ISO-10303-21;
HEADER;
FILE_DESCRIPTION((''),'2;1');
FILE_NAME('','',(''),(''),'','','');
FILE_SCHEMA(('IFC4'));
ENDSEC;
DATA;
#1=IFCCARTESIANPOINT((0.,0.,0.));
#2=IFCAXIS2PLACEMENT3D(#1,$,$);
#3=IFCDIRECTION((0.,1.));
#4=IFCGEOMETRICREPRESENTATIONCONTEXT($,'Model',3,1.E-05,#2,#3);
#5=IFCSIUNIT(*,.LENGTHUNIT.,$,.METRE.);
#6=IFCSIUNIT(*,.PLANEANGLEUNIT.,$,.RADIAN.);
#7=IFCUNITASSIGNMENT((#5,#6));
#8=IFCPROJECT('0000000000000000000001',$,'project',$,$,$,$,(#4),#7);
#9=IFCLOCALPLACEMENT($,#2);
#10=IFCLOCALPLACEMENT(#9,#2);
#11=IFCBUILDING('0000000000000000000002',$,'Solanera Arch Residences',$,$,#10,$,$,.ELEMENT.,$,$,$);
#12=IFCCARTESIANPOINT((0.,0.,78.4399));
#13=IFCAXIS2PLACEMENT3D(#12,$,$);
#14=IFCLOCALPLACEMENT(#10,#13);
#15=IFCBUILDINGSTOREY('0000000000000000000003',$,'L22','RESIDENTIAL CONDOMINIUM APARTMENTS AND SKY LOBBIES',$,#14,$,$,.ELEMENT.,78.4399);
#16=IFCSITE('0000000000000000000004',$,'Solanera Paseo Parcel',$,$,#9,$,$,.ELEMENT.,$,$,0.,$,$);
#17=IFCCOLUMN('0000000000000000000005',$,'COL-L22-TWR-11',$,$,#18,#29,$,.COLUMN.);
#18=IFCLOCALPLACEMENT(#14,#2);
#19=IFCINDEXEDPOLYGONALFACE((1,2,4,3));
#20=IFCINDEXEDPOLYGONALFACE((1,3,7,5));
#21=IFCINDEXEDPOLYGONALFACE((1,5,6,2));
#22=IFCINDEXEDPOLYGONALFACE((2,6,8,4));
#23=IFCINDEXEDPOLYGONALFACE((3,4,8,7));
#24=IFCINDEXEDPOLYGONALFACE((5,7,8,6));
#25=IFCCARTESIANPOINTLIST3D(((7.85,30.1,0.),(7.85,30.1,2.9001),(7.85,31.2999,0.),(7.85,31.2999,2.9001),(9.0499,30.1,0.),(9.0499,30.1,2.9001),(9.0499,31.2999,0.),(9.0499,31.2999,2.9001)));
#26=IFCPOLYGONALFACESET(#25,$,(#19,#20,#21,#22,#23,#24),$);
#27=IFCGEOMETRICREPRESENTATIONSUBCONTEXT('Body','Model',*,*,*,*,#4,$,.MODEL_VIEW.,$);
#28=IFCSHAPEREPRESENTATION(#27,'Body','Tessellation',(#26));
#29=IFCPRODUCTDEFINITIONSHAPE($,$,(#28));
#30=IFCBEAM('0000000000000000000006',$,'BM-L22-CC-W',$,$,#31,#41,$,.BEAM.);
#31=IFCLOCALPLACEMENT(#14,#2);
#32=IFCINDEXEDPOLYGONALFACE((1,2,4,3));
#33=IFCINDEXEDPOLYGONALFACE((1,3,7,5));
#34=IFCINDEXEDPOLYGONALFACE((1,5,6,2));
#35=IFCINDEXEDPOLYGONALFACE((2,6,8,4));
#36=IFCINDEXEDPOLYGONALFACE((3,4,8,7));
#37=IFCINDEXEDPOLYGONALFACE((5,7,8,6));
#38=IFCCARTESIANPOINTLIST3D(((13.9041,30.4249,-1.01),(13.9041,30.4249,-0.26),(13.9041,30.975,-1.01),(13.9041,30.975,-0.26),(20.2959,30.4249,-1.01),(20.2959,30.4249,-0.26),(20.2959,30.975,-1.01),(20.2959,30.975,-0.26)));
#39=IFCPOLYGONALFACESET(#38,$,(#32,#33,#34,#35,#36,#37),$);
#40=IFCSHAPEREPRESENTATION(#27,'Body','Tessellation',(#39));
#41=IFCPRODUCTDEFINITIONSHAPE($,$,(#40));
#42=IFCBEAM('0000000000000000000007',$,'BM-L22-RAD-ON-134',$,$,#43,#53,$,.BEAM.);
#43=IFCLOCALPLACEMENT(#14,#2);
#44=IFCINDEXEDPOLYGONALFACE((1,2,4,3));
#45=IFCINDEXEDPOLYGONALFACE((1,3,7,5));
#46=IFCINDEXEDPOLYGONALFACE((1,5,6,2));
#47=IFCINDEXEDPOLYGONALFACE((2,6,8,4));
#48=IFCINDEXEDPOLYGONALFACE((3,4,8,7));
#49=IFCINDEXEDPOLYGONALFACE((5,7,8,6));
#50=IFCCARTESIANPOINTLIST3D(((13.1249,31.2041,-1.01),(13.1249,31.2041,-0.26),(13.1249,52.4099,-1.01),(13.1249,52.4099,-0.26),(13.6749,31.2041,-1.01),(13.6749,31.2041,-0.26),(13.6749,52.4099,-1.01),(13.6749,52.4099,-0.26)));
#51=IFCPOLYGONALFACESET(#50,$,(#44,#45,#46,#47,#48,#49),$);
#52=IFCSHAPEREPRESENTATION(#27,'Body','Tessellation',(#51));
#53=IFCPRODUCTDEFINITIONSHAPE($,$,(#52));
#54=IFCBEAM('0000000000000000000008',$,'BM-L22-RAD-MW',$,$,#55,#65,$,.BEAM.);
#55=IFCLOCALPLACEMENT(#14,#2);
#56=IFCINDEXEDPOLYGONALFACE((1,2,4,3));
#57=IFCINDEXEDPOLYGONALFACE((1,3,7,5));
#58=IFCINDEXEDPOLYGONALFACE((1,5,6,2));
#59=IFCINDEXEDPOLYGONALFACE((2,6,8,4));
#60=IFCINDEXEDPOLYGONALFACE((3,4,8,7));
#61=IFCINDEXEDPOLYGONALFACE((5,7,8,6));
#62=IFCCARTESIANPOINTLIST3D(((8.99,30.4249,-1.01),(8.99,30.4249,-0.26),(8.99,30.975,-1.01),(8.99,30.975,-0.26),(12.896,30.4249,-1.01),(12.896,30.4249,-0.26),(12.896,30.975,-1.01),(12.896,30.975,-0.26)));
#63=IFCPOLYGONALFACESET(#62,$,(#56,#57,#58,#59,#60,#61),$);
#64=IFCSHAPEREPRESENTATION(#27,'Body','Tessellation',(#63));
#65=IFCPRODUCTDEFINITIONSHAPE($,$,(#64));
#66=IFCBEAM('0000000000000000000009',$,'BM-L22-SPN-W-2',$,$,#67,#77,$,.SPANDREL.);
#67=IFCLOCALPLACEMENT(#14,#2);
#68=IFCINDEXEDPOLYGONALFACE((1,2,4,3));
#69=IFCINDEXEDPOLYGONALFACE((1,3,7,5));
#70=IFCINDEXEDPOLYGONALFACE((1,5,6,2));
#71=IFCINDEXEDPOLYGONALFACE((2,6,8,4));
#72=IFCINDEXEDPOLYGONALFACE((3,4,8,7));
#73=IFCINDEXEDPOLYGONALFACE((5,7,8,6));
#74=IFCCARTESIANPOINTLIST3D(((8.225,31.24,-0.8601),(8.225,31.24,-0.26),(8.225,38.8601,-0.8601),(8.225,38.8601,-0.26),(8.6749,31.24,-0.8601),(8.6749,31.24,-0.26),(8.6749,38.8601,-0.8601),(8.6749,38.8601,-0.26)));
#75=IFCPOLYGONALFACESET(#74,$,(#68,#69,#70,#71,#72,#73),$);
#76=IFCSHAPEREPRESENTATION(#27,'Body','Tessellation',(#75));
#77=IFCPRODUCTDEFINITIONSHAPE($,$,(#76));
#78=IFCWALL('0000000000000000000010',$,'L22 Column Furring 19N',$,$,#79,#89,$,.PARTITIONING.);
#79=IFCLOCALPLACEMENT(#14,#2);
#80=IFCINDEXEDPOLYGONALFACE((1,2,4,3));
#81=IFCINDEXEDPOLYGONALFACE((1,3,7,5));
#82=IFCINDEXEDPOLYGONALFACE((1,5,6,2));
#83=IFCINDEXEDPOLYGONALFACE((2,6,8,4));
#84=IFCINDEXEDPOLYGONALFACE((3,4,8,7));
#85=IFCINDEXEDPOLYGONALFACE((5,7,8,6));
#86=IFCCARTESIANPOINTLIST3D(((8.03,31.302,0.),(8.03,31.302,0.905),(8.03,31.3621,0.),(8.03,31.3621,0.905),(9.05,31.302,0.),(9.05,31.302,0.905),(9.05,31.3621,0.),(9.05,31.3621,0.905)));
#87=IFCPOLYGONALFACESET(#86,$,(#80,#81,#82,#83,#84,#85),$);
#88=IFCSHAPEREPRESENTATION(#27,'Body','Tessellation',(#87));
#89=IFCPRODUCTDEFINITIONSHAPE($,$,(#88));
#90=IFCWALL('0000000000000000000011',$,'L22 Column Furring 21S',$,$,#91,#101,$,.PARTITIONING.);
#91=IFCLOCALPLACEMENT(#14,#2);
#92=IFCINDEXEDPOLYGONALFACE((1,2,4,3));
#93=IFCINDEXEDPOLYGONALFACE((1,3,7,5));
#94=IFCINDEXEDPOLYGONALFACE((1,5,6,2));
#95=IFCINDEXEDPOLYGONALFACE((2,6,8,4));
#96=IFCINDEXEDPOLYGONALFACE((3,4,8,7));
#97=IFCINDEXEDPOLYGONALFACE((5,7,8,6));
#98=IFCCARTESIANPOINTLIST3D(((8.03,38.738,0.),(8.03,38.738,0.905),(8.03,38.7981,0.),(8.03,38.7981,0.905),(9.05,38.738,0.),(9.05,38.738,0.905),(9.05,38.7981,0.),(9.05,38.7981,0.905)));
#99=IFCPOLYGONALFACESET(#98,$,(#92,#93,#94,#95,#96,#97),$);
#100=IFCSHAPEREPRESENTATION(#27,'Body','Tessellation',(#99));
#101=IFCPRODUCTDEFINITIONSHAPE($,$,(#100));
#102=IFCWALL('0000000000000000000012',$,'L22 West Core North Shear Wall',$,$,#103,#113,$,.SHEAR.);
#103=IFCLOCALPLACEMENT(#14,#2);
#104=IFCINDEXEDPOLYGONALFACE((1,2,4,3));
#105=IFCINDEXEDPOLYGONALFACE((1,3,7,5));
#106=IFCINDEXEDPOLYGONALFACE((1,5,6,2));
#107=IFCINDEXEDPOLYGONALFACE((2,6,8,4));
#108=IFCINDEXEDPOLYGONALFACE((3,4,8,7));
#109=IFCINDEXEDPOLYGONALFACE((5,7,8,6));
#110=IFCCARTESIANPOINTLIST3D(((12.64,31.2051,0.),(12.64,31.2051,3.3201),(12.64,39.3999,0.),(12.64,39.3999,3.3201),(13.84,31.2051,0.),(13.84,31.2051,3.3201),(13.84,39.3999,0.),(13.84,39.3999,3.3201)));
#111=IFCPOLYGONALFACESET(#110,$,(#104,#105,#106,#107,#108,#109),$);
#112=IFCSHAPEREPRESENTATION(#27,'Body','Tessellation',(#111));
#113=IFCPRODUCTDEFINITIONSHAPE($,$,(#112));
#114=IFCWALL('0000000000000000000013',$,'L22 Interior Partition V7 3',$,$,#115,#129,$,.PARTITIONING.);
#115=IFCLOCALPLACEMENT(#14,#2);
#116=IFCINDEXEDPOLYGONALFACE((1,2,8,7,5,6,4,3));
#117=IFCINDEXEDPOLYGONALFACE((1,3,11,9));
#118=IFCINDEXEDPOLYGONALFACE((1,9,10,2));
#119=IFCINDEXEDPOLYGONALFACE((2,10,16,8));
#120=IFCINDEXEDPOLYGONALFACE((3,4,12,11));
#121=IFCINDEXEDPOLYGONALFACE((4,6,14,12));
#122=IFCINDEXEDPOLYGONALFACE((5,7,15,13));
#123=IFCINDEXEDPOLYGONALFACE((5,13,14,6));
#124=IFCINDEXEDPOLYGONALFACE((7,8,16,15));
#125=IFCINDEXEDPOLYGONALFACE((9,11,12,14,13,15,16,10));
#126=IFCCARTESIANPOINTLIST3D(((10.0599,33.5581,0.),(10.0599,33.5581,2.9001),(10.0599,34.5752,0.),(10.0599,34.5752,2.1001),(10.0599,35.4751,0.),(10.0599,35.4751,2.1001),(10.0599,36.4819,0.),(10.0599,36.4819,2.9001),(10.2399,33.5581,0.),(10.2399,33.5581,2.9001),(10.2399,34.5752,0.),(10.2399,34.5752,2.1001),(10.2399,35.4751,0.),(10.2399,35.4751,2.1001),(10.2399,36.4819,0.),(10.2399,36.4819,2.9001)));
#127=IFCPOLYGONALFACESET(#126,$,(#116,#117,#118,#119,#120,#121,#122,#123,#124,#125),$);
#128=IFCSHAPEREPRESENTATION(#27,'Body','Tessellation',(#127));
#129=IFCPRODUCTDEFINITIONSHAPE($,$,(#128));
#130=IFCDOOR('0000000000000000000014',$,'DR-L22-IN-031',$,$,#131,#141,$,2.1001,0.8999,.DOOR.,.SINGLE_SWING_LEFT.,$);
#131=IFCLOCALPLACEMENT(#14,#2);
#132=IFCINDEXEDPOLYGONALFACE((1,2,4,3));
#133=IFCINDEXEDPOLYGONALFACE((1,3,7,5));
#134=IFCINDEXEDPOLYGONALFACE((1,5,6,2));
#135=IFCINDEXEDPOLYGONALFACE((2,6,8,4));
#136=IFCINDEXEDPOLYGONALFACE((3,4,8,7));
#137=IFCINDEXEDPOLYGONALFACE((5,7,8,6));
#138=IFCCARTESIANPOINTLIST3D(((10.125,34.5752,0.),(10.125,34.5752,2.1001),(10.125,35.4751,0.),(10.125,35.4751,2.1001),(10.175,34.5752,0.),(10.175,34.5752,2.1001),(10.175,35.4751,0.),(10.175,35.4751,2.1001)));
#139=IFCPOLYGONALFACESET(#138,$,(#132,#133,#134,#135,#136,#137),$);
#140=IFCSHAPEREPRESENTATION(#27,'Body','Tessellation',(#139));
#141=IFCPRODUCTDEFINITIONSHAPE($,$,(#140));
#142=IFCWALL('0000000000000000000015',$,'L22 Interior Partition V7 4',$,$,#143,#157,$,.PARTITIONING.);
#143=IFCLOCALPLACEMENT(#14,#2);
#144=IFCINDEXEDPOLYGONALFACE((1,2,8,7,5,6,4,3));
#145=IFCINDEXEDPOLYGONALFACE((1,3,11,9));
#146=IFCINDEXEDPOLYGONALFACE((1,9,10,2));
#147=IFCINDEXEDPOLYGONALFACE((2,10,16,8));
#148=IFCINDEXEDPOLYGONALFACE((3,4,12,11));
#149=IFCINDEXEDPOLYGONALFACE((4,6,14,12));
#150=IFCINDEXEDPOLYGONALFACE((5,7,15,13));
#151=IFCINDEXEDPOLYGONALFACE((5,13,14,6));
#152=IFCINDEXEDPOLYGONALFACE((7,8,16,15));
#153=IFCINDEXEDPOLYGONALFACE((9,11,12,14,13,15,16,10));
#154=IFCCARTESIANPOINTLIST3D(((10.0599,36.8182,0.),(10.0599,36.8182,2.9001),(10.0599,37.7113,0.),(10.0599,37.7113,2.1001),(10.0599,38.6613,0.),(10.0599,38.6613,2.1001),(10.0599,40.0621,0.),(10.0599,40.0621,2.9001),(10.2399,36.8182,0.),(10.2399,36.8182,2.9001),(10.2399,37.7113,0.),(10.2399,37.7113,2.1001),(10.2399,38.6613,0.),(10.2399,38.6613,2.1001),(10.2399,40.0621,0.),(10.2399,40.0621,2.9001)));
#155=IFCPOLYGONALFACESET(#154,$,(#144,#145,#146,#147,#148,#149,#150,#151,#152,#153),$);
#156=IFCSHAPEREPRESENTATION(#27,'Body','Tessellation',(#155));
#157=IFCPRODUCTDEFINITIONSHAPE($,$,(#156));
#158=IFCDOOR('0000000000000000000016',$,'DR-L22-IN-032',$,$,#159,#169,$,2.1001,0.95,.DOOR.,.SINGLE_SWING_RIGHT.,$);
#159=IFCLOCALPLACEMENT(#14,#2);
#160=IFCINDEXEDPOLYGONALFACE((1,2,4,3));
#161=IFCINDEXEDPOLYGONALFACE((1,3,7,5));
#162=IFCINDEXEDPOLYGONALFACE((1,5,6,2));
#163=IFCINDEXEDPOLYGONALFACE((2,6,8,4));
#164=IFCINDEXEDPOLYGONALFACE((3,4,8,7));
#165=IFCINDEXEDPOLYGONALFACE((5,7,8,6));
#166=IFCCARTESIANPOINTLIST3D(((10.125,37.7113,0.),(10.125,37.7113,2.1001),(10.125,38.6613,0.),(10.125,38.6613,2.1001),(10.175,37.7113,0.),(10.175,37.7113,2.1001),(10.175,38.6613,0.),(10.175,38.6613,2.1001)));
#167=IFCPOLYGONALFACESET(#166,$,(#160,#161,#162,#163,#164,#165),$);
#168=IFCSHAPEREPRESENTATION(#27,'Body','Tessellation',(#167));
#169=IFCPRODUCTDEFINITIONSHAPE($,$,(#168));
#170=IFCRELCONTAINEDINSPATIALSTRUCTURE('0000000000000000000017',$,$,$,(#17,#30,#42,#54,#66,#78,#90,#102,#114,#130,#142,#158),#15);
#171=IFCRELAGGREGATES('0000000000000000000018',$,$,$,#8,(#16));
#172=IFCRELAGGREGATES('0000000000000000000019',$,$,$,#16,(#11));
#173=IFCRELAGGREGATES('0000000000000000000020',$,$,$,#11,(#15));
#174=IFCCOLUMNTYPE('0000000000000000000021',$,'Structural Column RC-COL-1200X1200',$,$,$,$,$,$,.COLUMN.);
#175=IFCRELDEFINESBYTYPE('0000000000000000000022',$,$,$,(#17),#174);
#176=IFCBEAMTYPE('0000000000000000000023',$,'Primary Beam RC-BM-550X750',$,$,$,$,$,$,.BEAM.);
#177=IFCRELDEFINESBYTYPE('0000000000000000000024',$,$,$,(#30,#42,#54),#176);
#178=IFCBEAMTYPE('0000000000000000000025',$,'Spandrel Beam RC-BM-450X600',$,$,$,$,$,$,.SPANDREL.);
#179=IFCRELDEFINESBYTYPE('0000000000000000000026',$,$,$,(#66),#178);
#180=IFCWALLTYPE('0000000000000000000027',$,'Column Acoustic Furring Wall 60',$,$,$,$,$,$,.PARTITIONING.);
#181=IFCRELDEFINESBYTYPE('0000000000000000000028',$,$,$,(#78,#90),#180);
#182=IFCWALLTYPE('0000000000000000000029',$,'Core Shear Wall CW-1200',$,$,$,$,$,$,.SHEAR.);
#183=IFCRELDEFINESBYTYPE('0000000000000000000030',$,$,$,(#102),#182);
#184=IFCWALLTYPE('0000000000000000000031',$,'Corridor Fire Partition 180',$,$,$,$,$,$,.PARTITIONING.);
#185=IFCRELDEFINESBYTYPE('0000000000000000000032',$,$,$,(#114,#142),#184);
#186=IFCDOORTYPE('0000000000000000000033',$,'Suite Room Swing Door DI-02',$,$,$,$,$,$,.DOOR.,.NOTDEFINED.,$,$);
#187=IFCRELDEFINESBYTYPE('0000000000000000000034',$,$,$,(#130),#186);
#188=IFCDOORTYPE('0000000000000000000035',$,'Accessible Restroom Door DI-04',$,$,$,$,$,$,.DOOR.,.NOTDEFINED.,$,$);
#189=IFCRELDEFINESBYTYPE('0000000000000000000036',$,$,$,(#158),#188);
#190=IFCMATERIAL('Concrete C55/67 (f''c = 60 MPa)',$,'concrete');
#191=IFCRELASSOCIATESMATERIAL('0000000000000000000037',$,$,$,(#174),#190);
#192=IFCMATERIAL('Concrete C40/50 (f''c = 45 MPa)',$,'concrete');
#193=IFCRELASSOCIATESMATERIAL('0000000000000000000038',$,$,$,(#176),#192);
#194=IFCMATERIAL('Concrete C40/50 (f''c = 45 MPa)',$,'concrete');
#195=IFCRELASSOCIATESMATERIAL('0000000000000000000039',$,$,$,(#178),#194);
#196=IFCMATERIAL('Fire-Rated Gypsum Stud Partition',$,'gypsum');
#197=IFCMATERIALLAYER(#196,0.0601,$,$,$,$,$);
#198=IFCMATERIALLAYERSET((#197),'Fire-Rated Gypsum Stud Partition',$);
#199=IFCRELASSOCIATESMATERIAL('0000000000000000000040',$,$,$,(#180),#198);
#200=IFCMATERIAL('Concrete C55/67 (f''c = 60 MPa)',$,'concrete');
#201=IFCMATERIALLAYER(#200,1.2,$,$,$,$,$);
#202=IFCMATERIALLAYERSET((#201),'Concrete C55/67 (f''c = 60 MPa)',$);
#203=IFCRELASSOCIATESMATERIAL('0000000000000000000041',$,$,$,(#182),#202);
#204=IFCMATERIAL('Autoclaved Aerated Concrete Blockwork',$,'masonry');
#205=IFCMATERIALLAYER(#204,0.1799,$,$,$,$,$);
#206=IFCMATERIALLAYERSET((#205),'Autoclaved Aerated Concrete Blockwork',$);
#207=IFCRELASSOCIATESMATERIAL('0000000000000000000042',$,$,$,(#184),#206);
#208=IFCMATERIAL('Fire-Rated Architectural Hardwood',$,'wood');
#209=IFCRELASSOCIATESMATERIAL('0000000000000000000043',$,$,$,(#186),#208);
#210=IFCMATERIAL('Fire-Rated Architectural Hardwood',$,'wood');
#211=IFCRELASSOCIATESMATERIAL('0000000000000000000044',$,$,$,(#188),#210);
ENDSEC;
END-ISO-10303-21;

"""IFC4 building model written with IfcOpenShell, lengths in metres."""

from ifc_helpers import new_model, si_unit, direction, frame, frame_2d, origin, origin_2d, place, context, subcontext, project, spatial, rectangle, extrude, material, layer, layer_set, material_profile, profile_set, type_object, element, fill, save


model = new_model("IFC4")

# Units and contexts
model_context = context("Model", 3, precision=1e-05, world=origin(), true_north=direction((0.0, 1.0)))
body_context = subcontext(model_context, "Body", "Model", "MODEL_VIEW")
ifc_project = project(units=[si_unit("LENGTHUNIT", "METRE"), si_unit("PLANEANGLEUNIT", "RADIAN")], contexts=[model_context])

# Site, building, storey
site_placement = place(None, origin())
site = spatial("IfcSite", under=ifc_project, at=site_placement, Name="Solanera Paseo Parcel", CompositionType="ELEMENT", RefElevation=0.0)
building_placement = place(site_placement, origin())
building = spatial("IfcBuilding", under=site, at=building_placement, Name="Solanera Arch Residences", CompositionType="ELEMENT")
storey_placement = place(building_placement, frame((0.0, 0.0, 78.4399)))
storey = spatial("IfcBuildingStorey", under=building, at=storey_placement, Name="L22", Description="RESIDENTIAL CONDOMINIUM APARTMENTS AND SKY LOBBIES", CompositionType="ELEMENT", Elevation=78.4399)

# Column
ifc_material_1 = material(Name="Concrete C55/67 (f'c = 60 MPa)", Category="concrete")
ifc_material_profile_1 = material_profile(ifc_material_1, rectangle(XDim=1.2, YDim=1.2, at=origin_2d()))
ifc_profile_set_1 = profile_set([ifc_material_profile_1], Name="Concrete C55/67 (f'c = 60 MPa)")
column_type = type_object("IfcColumnType", Name="Structural Column RC-COL-1200X1200", PredefinedType="COLUMN", material=ifc_profile_set_1)
column_placement = place(storey_placement, frame((8.45, 30.7, 0.0), z_axis=(0.0, 0.0, 1.0), x_axis=(1.0, 0.0, 0.0)))
element("IfcColumn", 1, at=column_placement, inside=storey, type_object=column_type, Name="COL-L22-TWR-11", PredefinedType="COLUMN", context=body_context, shape_type="SweptSolid", body=[
    extrude(rectangle(XDim=1.2, YDim=1.2, at=origin_2d()), origin(), (0.0, 0.0, 1.0), 2.9001),
])

# Beams
ifc_material_2 = material(Name="Concrete C40/50 (f'c = 45 MPa)", Category="concrete")
ifc_material_profile_2 = material_profile(ifc_material_2, rectangle(XDim=0.55, YDim=0.75, at=origin_2d()))
ifc_profile_set_2 = profile_set([ifc_material_profile_2], Name="Concrete C40/50 (f'c = 45 MPa)")
beam_type_1 = type_object("IfcBeamType", Name="Primary Beam RC-BM-550X750", PredefinedType="BEAM", material=ifc_profile_set_2)
beam_1_placement = place(storey_placement, frame((13.9041, 30.7, -0.635), z_axis=(1.0, 0.0, 0.0), x_axis=(0.0, 1.0, 0.0)))
element("IfcBeam", 2, at=beam_1_placement, inside=storey, type_object=beam_type_1, Name="BM-L22-CC-W", PredefinedType="BEAM", context=body_context, shape_type="SweptSolid", body=[
    extrude(rectangle(XDim=0.55, YDim=0.75, at=origin_2d()), origin(), (0.0, 0.0, 1.0), 6.3918),
])
beam_2_placement = place(storey_placement, frame((13.3999, 31.2041, -0.635), z_axis=(0.0, 1.0, 0.0), x_axis=(-1.0, 0.0, 0.0)))
element("IfcBeam", 3, at=beam_2_placement, inside=storey, type_object=beam_type_1, Name="BM-L22-RAD-ON-134", PredefinedType="BEAM", context=body_context, shape_type="SweptSolid", body=[
    extrude(rectangle(XDim=0.55, YDim=0.75, at=origin_2d()), origin(), (0.0, 0.0, 1.0), 21.2058),
])
beam_3_placement = place(storey_placement, frame((8.99, 30.7, -0.635), z_axis=(1.0, 0.0, 0.0), x_axis=(0.0, 1.0, 0.0)))
element("IfcBeam", 4, at=beam_3_placement, inside=storey, type_object=beam_type_1, Name="BM-L22-RAD-MW", PredefinedType="BEAM", context=body_context, shape_type="SweptSolid", body=[
    extrude(rectangle(XDim=0.55, YDim=0.75, at=origin_2d()), origin(), (0.0, 0.0, 1.0), 3.906),
])
ifc_material_3 = material(Name="Concrete C40/50 (f'c = 45 MPa)", Category="concrete")
ifc_material_profile_3 = material_profile(ifc_material_3, rectangle(XDim=0.45, YDim=0.6001, at=origin_2d()))
ifc_profile_set_3 = profile_set([ifc_material_profile_3], Name="Concrete C40/50 (f'c = 45 MPa)")
beam_type_2 = type_object("IfcBeamType", Name="Spandrel Beam RC-BM-450X600", PredefinedType="SPANDREL", material=ifc_profile_set_3)
beam_4_placement = place(storey_placement, frame((8.45, 31.24, -0.5601), z_axis=(0.0, 1.0, 0.0), x_axis=(-1.0, 0.0, 0.0)))
element("IfcBeam", 5, at=beam_4_placement, inside=storey, type_object=beam_type_2, Name="BM-L22-SPN-W-2", PredefinedType="SPANDREL", context=body_context, shape_type="SweptSolid", body=[
    extrude(rectangle(XDim=0.45, YDim=0.6001, at=origin_2d()), origin(), (0.0, 0.0, 1.0), 7.6201),
])

# Walls
ifc_material_4 = material(Name="Fire-Rated Gypsum Stud Partition", Category="gypsum")
ifc_layer_1 = layer(ifc_material_4, 0.0601)
ifc_layer_set_1 = layer_set([ifc_layer_1], Name="Fire-Rated Gypsum Stud Partition")
wall_type_1 = type_object("IfcWallType", Name="Column Acoustic Furring Wall 60", PredefinedType="PARTITIONING", material=ifc_layer_set_1)
for number, where, z_axis, x_axis, name in (
    (6, (8.03, 31.332, 0.0), (0.0, 0.0, 1.0), (1.0, 0.0, 0.0), "L22 Column Furring 19N"),
    (7, (8.03, 38.7681, 0.0), (0.0, 0.0, 1.0), (1.0, 0.0, 0.0), "L22 Column Furring 21S"),
):
    element("IfcWall", number, at=place(storey_placement, frame(where, z_axis=z_axis, x_axis=x_axis)), inside=storey, type_object=wall_type_1, Name=name, PredefinedType="PARTITIONING", context=body_context, shape_type="SweptSolid", body=[
        extrude(rectangle(XDim=1.02, YDim=0.0601, at=frame_2d((0.51, 0.0))), origin(), (0.0, 0.0, 1.0), 0.905),
    ])
ifc_material_5 = material(Name="Concrete C55/67 (f'c = 60 MPa)", Category="concrete")
ifc_layer_2 = layer(ifc_material_5, 1.2)
ifc_layer_set_2 = layer_set([ifc_layer_2], Name="Concrete C55/67 (f'c = 60 MPa)")
wall_type_2 = type_object("IfcWallType", Name="Core Shear Wall CW-1200", PredefinedType="SHEAR", material=ifc_layer_set_2)
wall_1_placement = place(storey_placement, frame((13.24, 31.2051, 0.0), z_axis=(0.0, 0.0, 1.0), x_axis=(0.0, 1.0, 0.0)))
element("IfcWall", 8, at=wall_1_placement, inside=storey, type_object=wall_type_2, Name="L22 West Core North Shear Wall", PredefinedType="SHEAR", context=body_context, shape_type="SweptSolid", body=[
    extrude(rectangle(XDim=8.1948, YDim=1.2, at=frame_2d((4.0974, 0.0))), origin(), (0.0, 0.0, 1.0), 3.3201),
])

# Walls, openings, doors
ifc_material_6 = material(Name="Autoclaved Aerated Concrete Blockwork", Category="masonry")
ifc_layer_3 = layer(ifc_material_6, 0.1799)
ifc_layer_set_3 = layer_set([ifc_layer_3], Name="Autoclaved Aerated Concrete Blockwork")
wall_type_3 = type_object("IfcWallType", Name="Corridor Fire Partition 180", PredefinedType="PARTITIONING", material=ifc_layer_set_3)
wall_2_placement = place(storey_placement, frame((10.1499, 33.5581, 0.0), z_axis=(0.0, 0.0, 1.0), x_axis=(0.0, 1.0, 0.0)))
wall_2 = element("IfcWall", 9, at=wall_2_placement, inside=storey, type_object=wall_type_3, Name="L22 Interior Partition V7 3", PredefinedType="PARTITIONING", context=body_context, shape_type="SweptSolid", body=[
    extrude(rectangle(XDim=2.9238, YDim=0.1799, at=frame_2d((1.4619, 0.0))), origin(), (0.0, 0.0, 1.0), 2.9001),
])
opening_1_placement = place(wall_2_placement, frame((1.0171, 0.0, 0.0)))
opening_1 = element("IfcOpeningElement", 10, at=opening_1_placement, cuts=wall_2, PredefinedType="OPENING", context=body_context, shape_type="SweptSolid", body=[
    extrude(rectangle(XDim=0.8999, YDim=2.1001, at=frame_2d((0.45, 1.05))), frame((0.0, 0.1001, 0.0), z_axis=(0.0, -1.0, 0.0), x_axis=(1.0, 0.0, 0.0)), (0.0, 0.0, 1.0), 0.1999),
])
ifc_material_7 = material(Name="Fire-Rated Architectural Hardwood", Category="wood")
door_type_1 = type_object("IfcDoorType", Name="Suite Room Swing Door DI-02", OperationType="NOTDEFINED", PredefinedType="DOOR", material=ifc_material_7)
door_1_placement = place(opening_1_placement, origin())
door_1 = element("IfcDoor", 11, at=door_1_placement, inside=storey, type_object=door_type_1, Name="DR-L22-IN-031", OperationType="SINGLE_SWING_LEFT", OverallHeight=2.1001, OverallWidth=0.8999, PredefinedType="DOOR", context=body_context, shape_type="SweptSolid", body=[
    extrude(rectangle(XDim=0.8999, YDim=2.1001, at=frame_2d((0.45, 1.05))), frame((0.0, 0.0249, 0.0), z_axis=(0.0, -1.0, 0.0), x_axis=(1.0, 0.0, 0.0)), (0.0, 0.0, 1.0), 0.05),
])
fill(opening_1, door_1)
wall_3_placement = place(storey_placement, frame((10.1499, 36.8181, 0.0), z_axis=(0.0, 0.0, 1.0), x_axis=(0.0, 1.0, 0.0)))
wall_3 = element("IfcWall", 12, at=wall_3_placement, inside=storey, type_object=wall_type_3, Name="L22 Interior Partition V7 4", PredefinedType="PARTITIONING", context=body_context, shape_type="SweptSolid", body=[
    extrude(rectangle(XDim=3.2439, YDim=0.1799, at=frame_2d((1.6221, 0.0))), origin(), (0.0, 0.0, 1.0), 2.9001),
])
opening_2_placement = place(wall_3_placement, frame((0.8931, 0.0, 0.0)))
opening_2 = element("IfcOpeningElement", 13, at=opening_2_placement, cuts=wall_3, PredefinedType="OPENING", context=body_context, shape_type="SweptSolid", body=[
    extrude(rectangle(XDim=0.95, YDim=2.1001, at=frame_2d((0.4751, 1.05))), frame((0.0, 0.1001, 0.0), z_axis=(0.0, -1.0, 0.0), x_axis=(1.0, 0.0, 0.0)), (0.0, 0.0, 1.0), 0.1999),
])
ifc_material_8 = material(Name="Fire-Rated Architectural Hardwood", Category="wood")
door_type_2 = type_object("IfcDoorType", Name="Accessible Restroom Door DI-04", OperationType="NOTDEFINED", PredefinedType="DOOR", material=ifc_material_8)
door_2_placement = place(opening_2_placement, origin())
door_2 = element("IfcDoor", 14, at=door_2_placement, inside=storey, type_object=door_type_2, Name="DR-L22-IN-032", OperationType="SINGLE_SWING_RIGHT", OverallHeight=2.1001, OverallWidth=0.95, PredefinedType="DOOR", context=body_context, shape_type="SweptSolid", body=[
    extrude(rectangle(XDim=0.95, YDim=2.1001, at=frame_2d((0.4751, 1.05))), frame((0.0, 0.0249, 0.0), z_axis=(0.0, -1.0, 0.0), x_axis=(1.0, 0.0, 0.0)), (0.0, 0.0, 1.0), 0.05),
])
fill(opening_2, door_2)

save(model, "model.ifc")
